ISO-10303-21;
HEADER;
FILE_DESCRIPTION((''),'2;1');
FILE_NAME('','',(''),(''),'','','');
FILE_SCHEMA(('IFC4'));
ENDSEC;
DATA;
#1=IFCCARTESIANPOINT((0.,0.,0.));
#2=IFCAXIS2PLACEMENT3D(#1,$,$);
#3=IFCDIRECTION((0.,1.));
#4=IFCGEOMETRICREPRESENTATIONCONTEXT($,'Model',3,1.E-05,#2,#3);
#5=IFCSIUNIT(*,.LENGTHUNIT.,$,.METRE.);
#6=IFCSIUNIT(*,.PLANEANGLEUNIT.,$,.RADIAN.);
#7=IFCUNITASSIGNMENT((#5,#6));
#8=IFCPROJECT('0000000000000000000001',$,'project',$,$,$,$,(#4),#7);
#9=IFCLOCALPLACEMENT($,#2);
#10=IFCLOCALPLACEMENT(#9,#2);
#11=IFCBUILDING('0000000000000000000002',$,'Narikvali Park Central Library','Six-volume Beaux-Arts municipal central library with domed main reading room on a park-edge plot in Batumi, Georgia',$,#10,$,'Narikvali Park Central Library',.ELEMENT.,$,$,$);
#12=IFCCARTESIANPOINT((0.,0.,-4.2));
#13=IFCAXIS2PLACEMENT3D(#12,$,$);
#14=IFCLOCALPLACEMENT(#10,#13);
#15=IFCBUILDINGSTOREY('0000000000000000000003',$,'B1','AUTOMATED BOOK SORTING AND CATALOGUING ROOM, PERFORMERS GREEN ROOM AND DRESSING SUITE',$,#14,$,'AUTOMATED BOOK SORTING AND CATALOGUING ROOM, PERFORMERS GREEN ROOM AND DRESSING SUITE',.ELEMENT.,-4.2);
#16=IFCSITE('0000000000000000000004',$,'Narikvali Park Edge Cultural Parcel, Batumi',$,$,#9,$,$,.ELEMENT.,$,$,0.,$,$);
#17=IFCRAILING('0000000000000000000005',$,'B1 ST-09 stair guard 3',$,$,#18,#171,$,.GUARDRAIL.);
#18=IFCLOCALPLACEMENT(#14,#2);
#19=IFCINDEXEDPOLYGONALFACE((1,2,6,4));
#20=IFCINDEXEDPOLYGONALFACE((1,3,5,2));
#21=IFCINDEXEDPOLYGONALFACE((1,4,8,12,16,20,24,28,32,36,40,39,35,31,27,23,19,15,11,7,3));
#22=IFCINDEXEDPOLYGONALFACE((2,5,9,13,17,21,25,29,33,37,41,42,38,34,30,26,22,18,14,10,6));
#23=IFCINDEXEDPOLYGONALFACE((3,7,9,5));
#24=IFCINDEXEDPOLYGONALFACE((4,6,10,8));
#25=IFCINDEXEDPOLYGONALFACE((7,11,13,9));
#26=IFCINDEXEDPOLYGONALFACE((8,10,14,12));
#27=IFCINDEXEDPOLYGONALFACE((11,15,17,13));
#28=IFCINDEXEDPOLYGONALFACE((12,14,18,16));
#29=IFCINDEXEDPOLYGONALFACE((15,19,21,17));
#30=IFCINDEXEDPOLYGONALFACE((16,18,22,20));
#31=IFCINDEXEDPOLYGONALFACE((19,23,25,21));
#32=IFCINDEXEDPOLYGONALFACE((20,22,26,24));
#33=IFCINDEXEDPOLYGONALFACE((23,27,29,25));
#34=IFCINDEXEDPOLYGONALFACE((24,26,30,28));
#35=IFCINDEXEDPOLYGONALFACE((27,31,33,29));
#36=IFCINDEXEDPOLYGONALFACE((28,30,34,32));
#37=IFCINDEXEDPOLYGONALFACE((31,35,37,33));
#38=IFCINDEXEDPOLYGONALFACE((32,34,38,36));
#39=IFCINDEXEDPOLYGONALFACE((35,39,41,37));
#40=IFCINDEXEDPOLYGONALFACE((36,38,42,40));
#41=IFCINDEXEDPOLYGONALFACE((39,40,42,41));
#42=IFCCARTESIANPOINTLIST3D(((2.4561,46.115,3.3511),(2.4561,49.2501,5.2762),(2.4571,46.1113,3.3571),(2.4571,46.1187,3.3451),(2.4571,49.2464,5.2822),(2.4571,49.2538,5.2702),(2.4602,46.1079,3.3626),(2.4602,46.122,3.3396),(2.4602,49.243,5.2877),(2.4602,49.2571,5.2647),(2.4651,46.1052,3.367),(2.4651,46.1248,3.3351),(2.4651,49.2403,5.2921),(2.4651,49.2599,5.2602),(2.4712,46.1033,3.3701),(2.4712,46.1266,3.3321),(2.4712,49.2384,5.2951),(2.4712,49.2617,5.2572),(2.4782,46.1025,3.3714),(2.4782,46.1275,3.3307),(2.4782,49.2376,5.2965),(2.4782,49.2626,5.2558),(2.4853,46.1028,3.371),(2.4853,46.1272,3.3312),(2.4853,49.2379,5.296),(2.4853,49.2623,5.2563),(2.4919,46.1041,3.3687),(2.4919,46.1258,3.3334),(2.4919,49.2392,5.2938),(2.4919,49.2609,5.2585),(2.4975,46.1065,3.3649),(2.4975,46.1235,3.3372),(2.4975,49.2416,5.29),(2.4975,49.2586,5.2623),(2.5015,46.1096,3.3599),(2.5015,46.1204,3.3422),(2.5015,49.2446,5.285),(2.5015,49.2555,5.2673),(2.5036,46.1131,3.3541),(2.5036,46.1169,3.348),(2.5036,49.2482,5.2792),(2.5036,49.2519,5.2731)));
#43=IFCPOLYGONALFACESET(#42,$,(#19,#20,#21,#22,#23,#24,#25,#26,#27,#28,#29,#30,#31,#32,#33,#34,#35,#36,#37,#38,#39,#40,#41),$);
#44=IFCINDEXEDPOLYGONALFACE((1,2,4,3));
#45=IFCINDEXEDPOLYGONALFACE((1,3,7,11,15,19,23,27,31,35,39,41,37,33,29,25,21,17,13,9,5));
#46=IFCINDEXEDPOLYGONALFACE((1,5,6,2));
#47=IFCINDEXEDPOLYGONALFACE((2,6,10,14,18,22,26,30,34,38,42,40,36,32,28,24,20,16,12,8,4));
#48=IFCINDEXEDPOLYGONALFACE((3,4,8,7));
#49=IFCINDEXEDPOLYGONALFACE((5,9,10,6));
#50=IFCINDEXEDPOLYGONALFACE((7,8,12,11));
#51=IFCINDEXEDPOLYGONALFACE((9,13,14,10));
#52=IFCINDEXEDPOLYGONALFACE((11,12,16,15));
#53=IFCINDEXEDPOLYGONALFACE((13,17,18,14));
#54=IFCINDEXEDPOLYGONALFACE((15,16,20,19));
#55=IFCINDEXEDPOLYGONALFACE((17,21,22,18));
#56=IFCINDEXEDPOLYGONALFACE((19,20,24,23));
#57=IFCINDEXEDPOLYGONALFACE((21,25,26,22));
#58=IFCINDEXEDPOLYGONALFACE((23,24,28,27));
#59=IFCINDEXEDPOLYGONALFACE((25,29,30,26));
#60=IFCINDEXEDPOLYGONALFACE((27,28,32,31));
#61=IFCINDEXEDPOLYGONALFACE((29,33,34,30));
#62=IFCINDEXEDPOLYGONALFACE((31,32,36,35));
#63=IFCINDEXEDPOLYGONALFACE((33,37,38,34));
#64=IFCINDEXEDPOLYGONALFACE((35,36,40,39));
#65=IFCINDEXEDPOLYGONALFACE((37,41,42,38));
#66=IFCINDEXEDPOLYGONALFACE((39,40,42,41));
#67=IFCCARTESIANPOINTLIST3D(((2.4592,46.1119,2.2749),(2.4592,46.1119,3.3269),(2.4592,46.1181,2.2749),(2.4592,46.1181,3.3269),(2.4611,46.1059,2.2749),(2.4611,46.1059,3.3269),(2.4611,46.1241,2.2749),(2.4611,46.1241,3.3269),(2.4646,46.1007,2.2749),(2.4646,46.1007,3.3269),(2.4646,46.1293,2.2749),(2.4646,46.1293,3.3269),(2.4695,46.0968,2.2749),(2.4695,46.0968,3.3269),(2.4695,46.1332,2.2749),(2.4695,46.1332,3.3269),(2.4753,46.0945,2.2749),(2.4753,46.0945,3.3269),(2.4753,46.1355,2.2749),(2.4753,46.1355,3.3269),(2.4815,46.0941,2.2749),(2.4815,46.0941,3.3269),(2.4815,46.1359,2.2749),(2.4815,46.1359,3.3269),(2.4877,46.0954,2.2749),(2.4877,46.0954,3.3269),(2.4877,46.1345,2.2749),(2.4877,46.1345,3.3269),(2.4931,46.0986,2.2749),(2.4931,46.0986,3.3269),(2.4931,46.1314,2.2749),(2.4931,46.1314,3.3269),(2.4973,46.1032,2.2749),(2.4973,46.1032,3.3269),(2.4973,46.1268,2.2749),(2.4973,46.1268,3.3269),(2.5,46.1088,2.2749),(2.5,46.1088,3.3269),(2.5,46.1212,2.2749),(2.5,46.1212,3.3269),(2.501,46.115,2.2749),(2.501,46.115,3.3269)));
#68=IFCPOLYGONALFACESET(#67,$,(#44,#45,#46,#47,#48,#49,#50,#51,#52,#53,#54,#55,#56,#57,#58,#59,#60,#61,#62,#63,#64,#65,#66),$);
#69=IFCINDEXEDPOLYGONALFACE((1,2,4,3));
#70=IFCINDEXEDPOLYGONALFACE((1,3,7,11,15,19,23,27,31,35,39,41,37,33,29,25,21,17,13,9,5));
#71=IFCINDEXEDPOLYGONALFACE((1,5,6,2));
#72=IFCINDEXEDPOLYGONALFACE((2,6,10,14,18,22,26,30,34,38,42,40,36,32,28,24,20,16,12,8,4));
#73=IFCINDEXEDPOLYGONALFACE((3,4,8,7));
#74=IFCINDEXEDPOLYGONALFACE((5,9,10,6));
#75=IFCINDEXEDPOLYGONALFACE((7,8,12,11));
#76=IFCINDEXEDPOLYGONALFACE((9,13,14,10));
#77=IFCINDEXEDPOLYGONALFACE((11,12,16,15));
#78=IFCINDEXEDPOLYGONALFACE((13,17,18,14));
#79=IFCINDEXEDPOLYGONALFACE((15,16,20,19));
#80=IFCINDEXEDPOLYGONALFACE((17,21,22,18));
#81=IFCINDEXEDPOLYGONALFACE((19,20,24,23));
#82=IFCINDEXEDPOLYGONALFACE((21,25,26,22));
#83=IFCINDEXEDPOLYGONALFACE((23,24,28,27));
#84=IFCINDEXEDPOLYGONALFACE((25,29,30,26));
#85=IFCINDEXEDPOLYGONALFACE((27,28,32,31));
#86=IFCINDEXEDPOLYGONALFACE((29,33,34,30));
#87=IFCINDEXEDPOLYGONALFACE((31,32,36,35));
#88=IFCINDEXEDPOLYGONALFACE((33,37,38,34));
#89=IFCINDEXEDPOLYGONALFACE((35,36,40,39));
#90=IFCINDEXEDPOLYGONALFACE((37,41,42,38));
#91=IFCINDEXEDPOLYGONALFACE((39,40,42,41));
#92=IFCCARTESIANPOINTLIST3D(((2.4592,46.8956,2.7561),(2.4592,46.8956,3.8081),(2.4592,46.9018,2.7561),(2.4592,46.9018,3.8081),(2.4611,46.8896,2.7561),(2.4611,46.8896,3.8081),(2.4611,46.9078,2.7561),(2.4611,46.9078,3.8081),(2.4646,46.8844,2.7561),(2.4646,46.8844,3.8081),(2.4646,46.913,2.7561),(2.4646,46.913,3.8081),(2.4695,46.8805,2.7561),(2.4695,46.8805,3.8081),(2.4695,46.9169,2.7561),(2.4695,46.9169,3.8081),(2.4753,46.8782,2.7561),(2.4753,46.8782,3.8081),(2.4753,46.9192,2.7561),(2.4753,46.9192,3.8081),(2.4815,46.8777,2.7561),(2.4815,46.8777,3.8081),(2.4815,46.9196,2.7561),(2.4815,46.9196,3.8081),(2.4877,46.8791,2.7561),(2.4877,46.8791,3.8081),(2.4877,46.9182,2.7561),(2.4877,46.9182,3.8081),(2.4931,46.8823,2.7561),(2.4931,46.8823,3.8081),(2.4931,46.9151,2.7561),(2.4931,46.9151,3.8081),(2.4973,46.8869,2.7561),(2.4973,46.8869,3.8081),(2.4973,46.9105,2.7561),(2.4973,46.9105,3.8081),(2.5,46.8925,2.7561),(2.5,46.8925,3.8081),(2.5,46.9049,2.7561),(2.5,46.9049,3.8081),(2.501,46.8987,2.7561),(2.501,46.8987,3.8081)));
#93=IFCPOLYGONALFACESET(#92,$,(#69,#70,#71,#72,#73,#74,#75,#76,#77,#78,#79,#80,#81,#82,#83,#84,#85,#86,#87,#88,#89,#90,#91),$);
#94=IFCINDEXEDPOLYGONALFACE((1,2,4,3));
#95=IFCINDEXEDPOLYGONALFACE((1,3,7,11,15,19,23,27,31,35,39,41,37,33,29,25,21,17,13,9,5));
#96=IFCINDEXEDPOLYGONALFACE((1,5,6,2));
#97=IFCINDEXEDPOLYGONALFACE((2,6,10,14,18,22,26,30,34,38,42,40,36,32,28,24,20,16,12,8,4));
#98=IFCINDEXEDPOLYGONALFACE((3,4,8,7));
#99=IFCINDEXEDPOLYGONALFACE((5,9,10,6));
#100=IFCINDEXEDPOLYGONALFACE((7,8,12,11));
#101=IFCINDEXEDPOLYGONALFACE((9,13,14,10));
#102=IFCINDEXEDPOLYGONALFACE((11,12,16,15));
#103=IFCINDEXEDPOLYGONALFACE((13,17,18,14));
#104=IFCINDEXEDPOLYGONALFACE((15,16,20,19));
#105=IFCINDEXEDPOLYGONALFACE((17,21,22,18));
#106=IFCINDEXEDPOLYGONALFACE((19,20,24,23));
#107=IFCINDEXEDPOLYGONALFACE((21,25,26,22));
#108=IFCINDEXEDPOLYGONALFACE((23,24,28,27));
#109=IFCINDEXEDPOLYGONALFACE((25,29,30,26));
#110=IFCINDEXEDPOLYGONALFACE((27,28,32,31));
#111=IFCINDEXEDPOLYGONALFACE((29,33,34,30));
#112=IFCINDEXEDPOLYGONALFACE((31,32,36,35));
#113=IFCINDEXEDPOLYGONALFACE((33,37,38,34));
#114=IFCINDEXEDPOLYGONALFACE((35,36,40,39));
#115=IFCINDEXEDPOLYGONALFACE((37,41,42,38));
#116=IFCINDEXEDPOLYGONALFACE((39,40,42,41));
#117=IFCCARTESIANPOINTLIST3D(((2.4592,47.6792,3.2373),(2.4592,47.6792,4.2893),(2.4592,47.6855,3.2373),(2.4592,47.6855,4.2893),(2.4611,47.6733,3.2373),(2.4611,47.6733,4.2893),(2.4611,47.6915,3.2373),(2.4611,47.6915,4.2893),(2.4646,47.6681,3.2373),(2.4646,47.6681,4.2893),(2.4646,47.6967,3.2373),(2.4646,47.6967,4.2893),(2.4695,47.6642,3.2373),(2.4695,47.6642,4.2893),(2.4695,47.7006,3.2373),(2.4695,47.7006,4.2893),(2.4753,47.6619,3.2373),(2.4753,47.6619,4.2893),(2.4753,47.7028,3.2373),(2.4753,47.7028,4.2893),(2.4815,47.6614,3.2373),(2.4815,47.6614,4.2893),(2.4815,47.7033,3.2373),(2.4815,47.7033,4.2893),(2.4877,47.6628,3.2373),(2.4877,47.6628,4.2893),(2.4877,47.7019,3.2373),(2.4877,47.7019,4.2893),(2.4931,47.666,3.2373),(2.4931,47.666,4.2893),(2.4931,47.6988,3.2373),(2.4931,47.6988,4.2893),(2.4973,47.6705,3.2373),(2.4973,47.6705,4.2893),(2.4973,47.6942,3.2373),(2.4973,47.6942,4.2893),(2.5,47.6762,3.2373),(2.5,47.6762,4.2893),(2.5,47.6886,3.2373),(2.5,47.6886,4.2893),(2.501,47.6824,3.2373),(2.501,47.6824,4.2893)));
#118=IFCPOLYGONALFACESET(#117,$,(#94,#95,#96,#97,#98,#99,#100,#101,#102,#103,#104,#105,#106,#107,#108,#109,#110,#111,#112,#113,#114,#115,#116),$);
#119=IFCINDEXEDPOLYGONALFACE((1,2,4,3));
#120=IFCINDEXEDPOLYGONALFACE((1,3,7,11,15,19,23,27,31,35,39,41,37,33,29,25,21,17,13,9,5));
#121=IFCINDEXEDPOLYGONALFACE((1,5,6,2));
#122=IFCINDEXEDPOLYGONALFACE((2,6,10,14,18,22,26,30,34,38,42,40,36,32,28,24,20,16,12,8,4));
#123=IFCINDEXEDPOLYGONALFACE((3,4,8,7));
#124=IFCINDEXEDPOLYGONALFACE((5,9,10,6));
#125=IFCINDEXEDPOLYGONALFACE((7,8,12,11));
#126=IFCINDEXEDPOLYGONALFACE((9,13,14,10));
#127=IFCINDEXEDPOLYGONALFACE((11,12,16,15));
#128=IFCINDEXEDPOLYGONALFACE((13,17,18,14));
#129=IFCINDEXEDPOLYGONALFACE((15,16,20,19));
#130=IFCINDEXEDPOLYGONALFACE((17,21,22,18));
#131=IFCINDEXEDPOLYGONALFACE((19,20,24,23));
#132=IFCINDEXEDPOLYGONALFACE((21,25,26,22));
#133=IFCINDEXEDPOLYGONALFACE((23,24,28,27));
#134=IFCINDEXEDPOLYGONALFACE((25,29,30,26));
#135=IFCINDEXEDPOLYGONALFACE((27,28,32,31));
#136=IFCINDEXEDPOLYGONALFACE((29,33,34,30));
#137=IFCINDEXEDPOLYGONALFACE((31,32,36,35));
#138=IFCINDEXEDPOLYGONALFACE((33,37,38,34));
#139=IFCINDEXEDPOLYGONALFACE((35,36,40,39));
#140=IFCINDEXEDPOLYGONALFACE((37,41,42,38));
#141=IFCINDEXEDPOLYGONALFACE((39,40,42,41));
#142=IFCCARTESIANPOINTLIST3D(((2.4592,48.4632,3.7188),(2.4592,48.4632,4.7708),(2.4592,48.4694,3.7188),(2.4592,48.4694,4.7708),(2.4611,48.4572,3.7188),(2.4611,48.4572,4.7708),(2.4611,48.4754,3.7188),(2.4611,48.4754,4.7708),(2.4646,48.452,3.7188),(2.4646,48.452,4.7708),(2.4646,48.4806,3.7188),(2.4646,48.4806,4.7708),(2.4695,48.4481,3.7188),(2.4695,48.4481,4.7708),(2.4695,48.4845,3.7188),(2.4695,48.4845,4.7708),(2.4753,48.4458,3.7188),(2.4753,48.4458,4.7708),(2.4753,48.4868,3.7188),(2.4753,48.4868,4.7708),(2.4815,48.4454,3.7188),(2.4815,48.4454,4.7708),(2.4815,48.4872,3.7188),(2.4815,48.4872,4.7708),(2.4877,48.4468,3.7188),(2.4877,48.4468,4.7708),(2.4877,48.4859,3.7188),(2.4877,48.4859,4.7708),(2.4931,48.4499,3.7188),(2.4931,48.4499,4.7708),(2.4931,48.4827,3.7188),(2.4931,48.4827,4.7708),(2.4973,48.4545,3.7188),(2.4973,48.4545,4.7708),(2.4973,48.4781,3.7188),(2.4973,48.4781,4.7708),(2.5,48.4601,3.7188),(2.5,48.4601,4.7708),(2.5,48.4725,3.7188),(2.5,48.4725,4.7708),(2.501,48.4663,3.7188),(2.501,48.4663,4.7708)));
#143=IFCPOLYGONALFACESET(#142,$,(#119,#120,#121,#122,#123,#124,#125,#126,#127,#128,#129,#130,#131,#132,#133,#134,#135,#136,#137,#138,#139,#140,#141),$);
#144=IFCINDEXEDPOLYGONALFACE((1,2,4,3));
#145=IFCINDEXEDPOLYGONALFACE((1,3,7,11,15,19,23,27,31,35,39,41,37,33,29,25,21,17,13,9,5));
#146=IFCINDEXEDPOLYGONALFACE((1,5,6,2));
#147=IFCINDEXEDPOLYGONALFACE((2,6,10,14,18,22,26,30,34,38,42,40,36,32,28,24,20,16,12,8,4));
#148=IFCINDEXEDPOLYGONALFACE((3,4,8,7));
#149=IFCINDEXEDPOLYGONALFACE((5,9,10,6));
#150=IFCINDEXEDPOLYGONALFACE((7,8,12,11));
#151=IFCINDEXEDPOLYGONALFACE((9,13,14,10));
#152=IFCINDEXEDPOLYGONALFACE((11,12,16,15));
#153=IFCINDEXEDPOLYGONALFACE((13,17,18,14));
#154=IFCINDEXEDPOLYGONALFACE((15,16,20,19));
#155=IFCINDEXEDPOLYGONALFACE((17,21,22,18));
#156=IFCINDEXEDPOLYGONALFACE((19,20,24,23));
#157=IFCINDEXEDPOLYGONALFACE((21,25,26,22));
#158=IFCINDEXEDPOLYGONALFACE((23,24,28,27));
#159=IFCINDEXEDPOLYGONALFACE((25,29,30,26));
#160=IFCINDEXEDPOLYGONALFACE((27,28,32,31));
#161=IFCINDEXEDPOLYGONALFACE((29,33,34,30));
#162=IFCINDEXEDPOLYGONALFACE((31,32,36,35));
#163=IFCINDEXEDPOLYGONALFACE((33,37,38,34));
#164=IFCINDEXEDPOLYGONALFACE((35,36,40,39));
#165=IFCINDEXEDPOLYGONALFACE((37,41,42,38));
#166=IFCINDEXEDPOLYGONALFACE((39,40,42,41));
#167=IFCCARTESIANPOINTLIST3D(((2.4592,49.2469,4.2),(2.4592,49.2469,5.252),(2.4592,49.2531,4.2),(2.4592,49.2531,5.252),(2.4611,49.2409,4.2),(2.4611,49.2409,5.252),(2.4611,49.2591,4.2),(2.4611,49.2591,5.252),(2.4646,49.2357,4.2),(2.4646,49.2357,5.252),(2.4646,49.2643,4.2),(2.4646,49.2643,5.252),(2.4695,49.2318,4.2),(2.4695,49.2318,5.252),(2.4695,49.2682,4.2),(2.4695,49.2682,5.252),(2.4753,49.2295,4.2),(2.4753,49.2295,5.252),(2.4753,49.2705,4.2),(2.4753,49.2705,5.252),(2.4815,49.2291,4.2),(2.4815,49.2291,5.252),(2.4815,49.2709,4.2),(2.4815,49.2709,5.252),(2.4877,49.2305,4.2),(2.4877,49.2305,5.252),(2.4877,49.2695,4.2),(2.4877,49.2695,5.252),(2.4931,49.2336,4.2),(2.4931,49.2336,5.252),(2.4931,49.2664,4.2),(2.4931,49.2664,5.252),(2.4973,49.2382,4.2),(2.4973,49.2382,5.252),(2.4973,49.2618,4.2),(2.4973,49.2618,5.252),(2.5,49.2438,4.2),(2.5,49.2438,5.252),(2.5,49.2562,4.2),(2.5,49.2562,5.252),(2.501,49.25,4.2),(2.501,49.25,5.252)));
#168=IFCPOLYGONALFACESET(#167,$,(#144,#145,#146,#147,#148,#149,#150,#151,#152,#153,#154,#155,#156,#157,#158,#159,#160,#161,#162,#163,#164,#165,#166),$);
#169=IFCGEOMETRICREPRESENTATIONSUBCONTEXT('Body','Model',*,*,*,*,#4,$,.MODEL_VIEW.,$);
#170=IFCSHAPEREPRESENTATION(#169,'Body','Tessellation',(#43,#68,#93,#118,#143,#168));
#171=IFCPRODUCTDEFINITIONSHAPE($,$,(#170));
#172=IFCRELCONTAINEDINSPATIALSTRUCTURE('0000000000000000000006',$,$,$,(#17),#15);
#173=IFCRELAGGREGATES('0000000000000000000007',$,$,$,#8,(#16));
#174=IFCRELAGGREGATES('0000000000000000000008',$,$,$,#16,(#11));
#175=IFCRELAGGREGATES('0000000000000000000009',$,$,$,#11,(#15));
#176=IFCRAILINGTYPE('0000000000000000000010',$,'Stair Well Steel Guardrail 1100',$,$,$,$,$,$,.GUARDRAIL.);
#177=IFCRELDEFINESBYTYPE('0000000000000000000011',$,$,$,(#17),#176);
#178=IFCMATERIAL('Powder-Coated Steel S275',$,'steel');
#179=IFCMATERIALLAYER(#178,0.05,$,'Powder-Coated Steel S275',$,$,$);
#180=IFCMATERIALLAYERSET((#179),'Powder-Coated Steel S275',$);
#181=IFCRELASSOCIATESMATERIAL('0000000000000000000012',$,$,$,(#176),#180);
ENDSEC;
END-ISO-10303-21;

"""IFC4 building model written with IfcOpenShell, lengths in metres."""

from ifc_helpers import new_model, si_unit, direction, frame, origin, origin_2d, place, context, subcontext, project, spatial, circle, extrude, material, layer, layer_set, type_object, element, save


model = new_model("IFC4")

# Units and contexts
model_context = context("Model", 3, precision=1e-05, world=origin(), true_north=direction((0.0, 1.0)))
body_context = subcontext(model_context, "Body", "Model", "MODEL_VIEW")
ifc_project = project(units=[si_unit("LENGTHUNIT", "METRE"), si_unit("PLANEANGLEUNIT", "RADIAN")], contexts=[model_context])

# Site, building, storey
site_placement = place(None, origin())
site = spatial("IfcSite", under=ifc_project, at=site_placement, Name="Narikvali Park Edge Cultural Parcel, Batumi", CompositionType="ELEMENT", RefElevation=0.0)
building_placement = place(site_placement, origin())
building = spatial("IfcBuilding", under=site, at=building_placement, Name="Narikvali Park Central Library", Description="Six-volume Beaux-Arts municipal central library with domed main reading room on a park-edge plot in Batumi, Georgia", LongName="Narikvali Park Central Library", CompositionType="ELEMENT")
storey_placement = place(building_placement, frame((0.0, 0.0, -4.2)))
storey = spatial("IfcBuildingStorey", under=building, at=storey_placement, Name="B1", Description="AUTOMATED BOOK SORTING AND CATALOGUING ROOM, PERFORMERS GREEN ROOM AND DRESSING SUITE", LongName="AUTOMATED BOOK SORTING AND CATALOGUING ROOM, PERFORMERS GREEN ROOM AND DRESSING SUITE", CompositionType="ELEMENT", Elevation=-4.2)

# Railing
ifc_material_1 = material(Name="Powder-Coated Steel S275", Category="steel")
ifc_layer_1 = layer(ifc_material_1, 0.05, Name="Powder-Coated Steel S275")
ifc_layer_set_1 = layer_set([ifc_layer_1], Name="Powder-Coated Steel S275")
railing_type_1 = type_object("IfcRailingType", Name="Stair Well Steel Guardrail 1100", PredefinedType="GUARDRAIL", material=ifc_layer_set_1)
railing_1_placement = place(storey_placement, frame((2.48, 46.115, 2.2749)))
element("IfcRailing", 1, at=railing_1_placement, inside=storey, type_object=railing_type_1, Name="B1 ST-09 stair guard 3", PredefinedType="GUARDRAIL", context=body_context, shape_type="SweptSolid", body=[
    extrude(circle(Radius=0.0239, at=origin_2d()), frame((0.0, 0.0, 1.0762), z_axis=(0.0, 0.852166, 0.523271), x_axis=(-1.0, 0.0, 0.0)), (0.0, 0.0, 1.0), 3.679),
    extrude(circle(Radius=0.021, at=origin_2d()), origin(), (0.0, 0.0, 1.0), 1.052),
    extrude(circle(Radius=0.021, at=origin_2d()), frame((0.0, 0.7837, 0.4812)), (0.0, 0.0, 1.0), 1.052),
    extrude(circle(Radius=0.021, at=origin_2d()), frame((0.0, 1.5674, 0.9624)), (0.0, 0.0, 1.0), 1.052),
    extrude(circle(Radius=0.021, at=origin_2d()), frame((0.0, 2.3513, 1.4438)), (0.0, 0.0, 1.0), 1.052),
    extrude(circle(Radius=0.021, at=origin_2d()), frame((0.0, 3.135, 1.925)), (0.0, 0.0, 1.0), 1.052),
])

save(model, "model.ifc")
